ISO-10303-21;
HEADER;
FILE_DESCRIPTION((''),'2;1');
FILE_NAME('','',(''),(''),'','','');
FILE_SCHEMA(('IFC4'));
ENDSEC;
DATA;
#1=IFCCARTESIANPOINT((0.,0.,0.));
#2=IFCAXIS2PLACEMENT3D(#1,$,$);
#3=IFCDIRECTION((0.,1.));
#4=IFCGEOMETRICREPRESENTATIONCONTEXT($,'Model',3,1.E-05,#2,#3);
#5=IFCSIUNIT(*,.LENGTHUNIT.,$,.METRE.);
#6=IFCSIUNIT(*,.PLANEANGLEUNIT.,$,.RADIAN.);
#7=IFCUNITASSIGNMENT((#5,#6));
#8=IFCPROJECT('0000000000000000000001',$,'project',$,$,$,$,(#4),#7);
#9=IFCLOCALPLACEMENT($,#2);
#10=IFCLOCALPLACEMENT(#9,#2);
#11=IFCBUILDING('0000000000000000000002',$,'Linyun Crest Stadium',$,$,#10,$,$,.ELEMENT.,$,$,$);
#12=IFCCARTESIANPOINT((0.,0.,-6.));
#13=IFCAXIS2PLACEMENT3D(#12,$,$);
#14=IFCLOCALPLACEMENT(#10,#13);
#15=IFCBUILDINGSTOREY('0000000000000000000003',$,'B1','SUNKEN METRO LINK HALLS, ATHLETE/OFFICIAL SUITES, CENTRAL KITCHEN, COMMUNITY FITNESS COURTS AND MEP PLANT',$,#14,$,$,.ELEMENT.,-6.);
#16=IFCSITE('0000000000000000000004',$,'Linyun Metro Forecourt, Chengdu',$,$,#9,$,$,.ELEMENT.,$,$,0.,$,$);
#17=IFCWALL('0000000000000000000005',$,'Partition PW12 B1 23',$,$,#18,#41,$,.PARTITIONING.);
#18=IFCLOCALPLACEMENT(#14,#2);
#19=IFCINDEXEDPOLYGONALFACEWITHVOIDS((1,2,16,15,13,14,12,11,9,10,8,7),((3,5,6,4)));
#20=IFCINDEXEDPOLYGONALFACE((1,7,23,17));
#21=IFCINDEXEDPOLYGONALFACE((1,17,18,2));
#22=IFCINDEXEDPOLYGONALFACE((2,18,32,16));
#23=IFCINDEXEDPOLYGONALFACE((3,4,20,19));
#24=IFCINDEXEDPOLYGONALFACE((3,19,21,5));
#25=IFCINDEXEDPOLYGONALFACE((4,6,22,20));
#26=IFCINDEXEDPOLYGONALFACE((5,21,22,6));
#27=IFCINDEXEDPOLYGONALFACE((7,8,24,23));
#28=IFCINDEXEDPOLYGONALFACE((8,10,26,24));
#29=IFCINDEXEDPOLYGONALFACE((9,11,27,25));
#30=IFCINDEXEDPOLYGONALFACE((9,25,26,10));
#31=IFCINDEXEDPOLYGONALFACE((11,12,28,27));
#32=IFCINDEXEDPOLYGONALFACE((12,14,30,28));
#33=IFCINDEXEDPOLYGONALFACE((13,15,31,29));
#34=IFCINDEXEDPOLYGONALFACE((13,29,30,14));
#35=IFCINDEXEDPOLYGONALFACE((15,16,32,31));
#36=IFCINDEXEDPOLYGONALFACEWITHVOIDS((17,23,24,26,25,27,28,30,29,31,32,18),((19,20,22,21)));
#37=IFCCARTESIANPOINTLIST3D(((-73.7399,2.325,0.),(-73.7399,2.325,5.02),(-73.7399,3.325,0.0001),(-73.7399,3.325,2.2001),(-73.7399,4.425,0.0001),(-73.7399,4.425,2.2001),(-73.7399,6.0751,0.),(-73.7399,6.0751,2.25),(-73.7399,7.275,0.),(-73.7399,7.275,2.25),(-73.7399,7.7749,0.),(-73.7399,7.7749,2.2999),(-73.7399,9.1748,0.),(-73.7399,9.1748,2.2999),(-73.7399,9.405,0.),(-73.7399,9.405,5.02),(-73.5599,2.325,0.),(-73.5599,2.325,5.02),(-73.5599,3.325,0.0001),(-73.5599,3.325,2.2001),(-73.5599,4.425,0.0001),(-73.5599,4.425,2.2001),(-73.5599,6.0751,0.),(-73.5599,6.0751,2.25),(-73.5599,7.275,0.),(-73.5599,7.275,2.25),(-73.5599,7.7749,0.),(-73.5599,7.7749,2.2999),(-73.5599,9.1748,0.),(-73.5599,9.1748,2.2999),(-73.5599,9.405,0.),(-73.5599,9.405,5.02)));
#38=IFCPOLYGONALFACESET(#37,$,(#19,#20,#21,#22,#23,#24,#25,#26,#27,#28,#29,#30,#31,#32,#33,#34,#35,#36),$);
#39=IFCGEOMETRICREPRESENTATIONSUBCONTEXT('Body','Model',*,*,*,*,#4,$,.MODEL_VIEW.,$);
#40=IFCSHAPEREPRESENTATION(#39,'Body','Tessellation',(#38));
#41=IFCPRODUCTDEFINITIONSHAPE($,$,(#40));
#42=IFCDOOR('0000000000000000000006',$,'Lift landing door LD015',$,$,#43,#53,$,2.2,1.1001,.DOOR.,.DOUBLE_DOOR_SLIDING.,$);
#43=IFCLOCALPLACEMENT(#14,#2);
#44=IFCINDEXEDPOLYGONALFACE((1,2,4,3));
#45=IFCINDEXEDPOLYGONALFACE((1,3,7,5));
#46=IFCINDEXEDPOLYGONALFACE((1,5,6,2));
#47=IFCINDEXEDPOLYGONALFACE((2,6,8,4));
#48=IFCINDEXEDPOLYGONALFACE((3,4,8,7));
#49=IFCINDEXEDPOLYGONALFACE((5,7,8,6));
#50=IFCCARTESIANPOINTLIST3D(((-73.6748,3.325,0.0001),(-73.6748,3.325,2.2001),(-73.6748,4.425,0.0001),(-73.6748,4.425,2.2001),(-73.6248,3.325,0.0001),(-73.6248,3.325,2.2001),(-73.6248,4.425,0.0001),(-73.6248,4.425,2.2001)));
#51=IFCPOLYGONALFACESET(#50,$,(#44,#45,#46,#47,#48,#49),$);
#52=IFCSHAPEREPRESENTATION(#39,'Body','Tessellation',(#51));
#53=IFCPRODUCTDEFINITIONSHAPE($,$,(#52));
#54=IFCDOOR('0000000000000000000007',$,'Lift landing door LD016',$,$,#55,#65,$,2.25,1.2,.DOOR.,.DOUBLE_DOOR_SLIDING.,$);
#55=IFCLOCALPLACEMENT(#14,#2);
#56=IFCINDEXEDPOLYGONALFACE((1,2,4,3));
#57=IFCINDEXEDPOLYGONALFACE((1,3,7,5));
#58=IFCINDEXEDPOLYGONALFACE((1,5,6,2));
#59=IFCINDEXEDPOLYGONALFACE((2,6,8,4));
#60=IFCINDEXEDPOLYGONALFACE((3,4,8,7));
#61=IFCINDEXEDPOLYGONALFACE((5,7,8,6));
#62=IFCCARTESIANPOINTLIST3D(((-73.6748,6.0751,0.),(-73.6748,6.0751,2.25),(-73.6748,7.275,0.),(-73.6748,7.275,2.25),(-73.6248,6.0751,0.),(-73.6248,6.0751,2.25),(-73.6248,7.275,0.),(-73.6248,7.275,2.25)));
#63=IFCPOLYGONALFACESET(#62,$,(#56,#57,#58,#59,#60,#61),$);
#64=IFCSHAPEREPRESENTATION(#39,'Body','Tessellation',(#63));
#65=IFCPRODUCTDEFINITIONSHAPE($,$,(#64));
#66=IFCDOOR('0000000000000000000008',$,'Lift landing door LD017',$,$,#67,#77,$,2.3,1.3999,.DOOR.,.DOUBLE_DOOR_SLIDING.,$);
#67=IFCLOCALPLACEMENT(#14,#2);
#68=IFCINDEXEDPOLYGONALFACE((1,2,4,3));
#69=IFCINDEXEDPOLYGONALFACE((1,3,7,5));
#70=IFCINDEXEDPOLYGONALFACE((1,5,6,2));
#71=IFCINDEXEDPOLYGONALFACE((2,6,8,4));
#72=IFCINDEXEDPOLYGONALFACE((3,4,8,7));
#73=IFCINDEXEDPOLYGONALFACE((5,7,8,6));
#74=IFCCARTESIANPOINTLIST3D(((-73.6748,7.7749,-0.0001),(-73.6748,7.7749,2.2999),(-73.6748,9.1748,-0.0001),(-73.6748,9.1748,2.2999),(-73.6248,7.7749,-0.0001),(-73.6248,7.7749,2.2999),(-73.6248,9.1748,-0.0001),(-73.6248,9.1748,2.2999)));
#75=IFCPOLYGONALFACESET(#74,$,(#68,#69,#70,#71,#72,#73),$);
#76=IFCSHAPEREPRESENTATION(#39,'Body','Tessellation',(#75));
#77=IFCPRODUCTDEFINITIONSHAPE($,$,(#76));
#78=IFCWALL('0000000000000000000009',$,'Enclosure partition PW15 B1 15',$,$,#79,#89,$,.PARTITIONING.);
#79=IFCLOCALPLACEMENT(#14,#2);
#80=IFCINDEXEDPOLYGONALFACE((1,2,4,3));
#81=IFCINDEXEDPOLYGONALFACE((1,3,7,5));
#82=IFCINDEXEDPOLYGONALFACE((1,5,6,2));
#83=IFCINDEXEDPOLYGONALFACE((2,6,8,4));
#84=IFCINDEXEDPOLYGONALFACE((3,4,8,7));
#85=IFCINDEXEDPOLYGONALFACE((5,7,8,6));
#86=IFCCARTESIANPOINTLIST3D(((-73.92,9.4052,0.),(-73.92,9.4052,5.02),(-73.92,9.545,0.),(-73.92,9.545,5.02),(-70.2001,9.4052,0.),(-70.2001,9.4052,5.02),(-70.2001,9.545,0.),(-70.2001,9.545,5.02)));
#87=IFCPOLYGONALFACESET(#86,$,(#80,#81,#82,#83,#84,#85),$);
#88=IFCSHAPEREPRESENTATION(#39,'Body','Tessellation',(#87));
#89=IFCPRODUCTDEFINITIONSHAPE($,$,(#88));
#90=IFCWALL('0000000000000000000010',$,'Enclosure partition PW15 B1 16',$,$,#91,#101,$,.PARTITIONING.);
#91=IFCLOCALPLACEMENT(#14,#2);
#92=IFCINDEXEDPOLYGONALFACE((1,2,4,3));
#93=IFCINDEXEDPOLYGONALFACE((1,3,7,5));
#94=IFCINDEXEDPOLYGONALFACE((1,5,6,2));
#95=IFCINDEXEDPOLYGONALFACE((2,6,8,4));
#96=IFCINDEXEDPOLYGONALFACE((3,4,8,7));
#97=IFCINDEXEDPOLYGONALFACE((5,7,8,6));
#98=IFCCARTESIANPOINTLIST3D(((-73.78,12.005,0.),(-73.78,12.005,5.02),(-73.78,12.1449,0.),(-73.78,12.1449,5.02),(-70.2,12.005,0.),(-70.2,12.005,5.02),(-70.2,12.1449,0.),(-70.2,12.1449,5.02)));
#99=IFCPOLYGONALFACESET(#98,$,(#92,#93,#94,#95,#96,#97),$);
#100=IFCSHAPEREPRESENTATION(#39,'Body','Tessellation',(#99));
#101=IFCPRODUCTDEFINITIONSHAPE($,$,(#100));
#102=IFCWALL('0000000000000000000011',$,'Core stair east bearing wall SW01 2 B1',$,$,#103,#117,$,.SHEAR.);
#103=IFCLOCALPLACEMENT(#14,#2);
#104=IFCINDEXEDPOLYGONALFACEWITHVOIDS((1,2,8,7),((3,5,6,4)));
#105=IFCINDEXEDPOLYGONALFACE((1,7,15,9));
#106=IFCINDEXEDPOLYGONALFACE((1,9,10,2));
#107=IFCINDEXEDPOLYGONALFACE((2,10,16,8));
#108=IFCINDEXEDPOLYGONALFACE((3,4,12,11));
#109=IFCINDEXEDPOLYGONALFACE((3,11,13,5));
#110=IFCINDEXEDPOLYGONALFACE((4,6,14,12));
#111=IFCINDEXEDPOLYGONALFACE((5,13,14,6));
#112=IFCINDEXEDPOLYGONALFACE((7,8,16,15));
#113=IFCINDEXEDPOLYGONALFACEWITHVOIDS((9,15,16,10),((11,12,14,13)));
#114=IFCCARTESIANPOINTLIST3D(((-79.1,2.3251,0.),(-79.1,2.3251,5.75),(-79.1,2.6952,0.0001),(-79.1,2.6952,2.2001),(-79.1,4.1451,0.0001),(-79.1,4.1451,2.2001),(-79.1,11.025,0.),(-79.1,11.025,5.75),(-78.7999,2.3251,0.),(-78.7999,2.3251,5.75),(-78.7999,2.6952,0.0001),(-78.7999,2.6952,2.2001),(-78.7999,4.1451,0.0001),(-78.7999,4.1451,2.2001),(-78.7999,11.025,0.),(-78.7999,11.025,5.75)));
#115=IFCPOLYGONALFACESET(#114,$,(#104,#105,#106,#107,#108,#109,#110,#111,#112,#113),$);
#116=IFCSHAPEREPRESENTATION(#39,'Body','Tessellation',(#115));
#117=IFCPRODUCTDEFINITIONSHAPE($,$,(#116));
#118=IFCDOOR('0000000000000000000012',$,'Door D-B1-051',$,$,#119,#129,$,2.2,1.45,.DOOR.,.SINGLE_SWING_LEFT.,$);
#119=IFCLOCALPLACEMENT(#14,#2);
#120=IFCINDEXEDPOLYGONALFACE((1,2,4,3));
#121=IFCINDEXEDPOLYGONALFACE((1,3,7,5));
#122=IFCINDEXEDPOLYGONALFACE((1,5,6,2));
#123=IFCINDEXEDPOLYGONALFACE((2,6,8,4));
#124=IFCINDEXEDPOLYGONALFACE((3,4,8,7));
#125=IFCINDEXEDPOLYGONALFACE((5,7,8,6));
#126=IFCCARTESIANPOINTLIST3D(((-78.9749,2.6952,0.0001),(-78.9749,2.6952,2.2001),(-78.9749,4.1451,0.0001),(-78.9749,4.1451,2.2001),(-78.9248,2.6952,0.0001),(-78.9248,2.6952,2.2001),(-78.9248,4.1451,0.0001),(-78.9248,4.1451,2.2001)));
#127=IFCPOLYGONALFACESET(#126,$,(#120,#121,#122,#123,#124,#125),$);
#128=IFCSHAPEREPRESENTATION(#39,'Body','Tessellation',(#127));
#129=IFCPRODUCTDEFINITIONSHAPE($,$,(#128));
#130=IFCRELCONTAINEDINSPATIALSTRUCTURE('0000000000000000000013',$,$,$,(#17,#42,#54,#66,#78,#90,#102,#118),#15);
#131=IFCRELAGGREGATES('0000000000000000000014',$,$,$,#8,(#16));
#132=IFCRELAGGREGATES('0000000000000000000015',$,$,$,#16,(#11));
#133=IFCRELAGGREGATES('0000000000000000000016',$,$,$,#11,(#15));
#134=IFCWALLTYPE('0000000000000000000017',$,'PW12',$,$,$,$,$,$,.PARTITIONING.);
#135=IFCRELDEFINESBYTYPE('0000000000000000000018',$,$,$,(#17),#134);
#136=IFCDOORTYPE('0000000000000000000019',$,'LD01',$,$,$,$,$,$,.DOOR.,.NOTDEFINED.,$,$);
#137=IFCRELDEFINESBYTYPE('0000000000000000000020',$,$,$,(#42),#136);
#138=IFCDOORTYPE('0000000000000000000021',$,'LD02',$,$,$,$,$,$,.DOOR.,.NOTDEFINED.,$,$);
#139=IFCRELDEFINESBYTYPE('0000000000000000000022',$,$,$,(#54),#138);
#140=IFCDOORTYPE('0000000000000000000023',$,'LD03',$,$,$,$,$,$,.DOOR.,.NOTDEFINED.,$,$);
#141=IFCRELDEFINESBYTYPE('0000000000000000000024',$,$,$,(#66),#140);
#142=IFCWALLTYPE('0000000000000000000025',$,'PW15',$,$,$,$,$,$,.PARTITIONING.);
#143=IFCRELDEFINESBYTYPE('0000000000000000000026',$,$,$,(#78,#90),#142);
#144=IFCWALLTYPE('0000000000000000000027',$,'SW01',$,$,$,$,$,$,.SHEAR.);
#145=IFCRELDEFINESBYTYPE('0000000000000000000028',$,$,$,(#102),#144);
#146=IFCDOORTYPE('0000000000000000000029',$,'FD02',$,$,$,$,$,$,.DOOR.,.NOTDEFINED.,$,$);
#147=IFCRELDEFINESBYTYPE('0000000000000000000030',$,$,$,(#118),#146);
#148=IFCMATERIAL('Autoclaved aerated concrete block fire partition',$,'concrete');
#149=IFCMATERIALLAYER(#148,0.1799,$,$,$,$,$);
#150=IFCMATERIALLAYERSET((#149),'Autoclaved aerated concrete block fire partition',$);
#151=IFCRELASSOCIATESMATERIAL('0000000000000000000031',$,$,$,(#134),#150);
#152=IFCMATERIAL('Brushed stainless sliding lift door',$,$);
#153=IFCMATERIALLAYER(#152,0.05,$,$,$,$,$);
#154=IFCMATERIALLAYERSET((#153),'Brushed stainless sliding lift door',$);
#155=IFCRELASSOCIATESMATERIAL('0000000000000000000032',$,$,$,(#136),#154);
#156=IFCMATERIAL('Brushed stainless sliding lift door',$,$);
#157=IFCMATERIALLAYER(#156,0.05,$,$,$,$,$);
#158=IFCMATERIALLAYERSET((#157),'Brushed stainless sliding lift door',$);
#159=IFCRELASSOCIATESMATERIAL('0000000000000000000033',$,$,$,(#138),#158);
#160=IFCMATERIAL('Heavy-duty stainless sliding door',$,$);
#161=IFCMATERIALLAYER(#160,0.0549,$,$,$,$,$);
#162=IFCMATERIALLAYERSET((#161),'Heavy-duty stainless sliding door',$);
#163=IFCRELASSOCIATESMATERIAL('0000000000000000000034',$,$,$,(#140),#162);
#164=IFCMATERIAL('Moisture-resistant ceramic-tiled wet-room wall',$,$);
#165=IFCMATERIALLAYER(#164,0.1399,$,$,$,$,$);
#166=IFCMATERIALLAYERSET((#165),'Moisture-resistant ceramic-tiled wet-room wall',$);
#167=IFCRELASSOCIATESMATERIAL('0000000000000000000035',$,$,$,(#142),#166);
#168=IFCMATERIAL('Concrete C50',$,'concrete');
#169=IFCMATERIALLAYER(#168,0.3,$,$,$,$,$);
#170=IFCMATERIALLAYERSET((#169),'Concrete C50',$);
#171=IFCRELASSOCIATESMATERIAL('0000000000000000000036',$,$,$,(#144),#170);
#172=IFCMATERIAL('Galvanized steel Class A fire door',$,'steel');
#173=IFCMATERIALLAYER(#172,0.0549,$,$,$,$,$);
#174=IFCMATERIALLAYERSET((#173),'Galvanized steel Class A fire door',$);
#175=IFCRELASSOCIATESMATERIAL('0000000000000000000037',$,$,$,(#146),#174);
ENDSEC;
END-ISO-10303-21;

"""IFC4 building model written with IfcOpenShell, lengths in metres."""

from ifc_helpers import new_model, si_unit, direction, frame, frame_2d, origin, place, context, subcontext, project, spatial, rectangle, extrude, material, layer, layer_set, type_object, element, fill, save


model = new_model("IFC4")

# Units and contexts
model_context = context("Model", 3, precision=1e-05, world=origin(), true_north=direction((0.0, 1.0)))
body_context = subcontext(model_context, "Body", "Model", "MODEL_VIEW")
ifc_project = project(units=[si_unit("LENGTHUNIT", "METRE"), si_unit("PLANEANGLEUNIT", "RADIAN")], contexts=[model_context])

# Site, building, storey
site_placement = place(None, origin())
site = spatial("IfcSite", under=ifc_project, at=site_placement, Name="Linyun Metro Forecourt, Chengdu", CompositionType="ELEMENT", RefElevation=0.0)
building_placement = place(site_placement, origin())
building = spatial("IfcBuilding", under=site, at=building_placement, Name="Linyun Crest Stadium", CompositionType="ELEMENT")
storey_placement = place(building_placement, frame((0.0, 0.0, -6.0)))
storey = spatial("IfcBuildingStorey", under=building, at=storey_placement, Name="B1", Description="SUNKEN METRO LINK HALLS, ATHLETE/OFFICIAL SUITES, CENTRAL KITCHEN, COMMUNITY FITNESS COURTS AND MEP PLANT", CompositionType="ELEMENT", Elevation=-6.0)

# Wall, openings, doors
ifc_material_1 = material(Name="Autoclaved aerated concrete block fire partition", Category="concrete")
ifc_layer_1 = layer(ifc_material_1, 0.1799)
ifc_layer_set_1 = layer_set([ifc_layer_1], Name="Autoclaved aerated concrete block fire partition")
wall_type_1 = type_object("IfcWallType", Name="PW12", PredefinedType="PARTITIONING", material=ifc_layer_set_1)
wall_1_placement = place(storey_placement, frame((-73.6499, 2.325, 0.0), z_axis=(0.0, 0.0, 1.0), x_axis=(0.0, 1.0, 0.0)))
wall_1 = element("IfcWall", 1, at=wall_1_placement, inside=storey, type_object=wall_type_1, Name="Partition PW12 B1 23", PredefinedType="PARTITIONING", context=body_context, shape_type="SweptSolid", body=[
    extrude(rectangle(XDim=7.0801, YDim=0.1799, at=frame_2d((3.54, 0.0))), origin(), (0.0, 0.0, 1.0), 5.02),
])
opening_1_placement = place(wall_1_placement, frame((1.0, 0.0, 0.0)))
opening_1 = element("IfcOpeningElement", 2, at=opening_1_placement, cuts=wall_1, PredefinedType="OPENING", context=body_context, shape_type="SweptSolid", body=[
    extrude(rectangle(XDim=1.1001, YDim=2.2, at=frame_2d((0.55, 1.1001))), frame((0.0, 0.0999, 0.0), z_axis=(0.0, -1.0, 0.0), x_axis=(1.0, 0.0, 0.0)), (0.0, 0.0, 1.0), 0.2),
])
opening_2_placement = place(wall_1_placement, frame((3.75, 0.0, 0.0)))
opening_2 = element("IfcOpeningElement", 3, at=opening_2_placement, cuts=wall_1, PredefinedType="OPENING", context=body_context, shape_type="SweptSolid", body=[
    extrude(rectangle(XDim=1.2, YDim=2.25, at=frame_2d((0.6001, 1.125))), frame((0.0, 0.0999, 0.0), z_axis=(0.0, -1.0, 0.0), x_axis=(1.0, 0.0, 0.0)), (0.0, 0.0, 1.0), 0.2),
])
opening_3_placement = place(wall_1_placement, frame((5.45, 0.0, 0.0)))
opening_3 = element("IfcOpeningElement", 4, at=opening_3_placement, cuts=wall_1, PredefinedType="OPENING", context=body_context, shape_type="SweptSolid", body=[
    extrude(rectangle(XDim=1.3999, YDim=2.3, at=frame_2d((0.7, 1.1499))), frame((0.0, 0.0999, 0.0), z_axis=(0.0, -1.0, 0.0), x_axis=(1.0, 0.0, 0.0)), (0.0, 0.0, 1.0), 0.2),
])
ifc_material_2 = material(Name="Brushed stainless sliding lift door")
ifc_layer_2 = layer(ifc_material_2, 0.05)
ifc_layer_set_2 = layer_set([ifc_layer_2], Name="Brushed stainless sliding lift door")
door_type_1 = type_object("IfcDoorType", Name="LD01", OperationType="NOTDEFINED", PredefinedType="DOOR", material=ifc_layer_set_2)
door_1_placement = place(opening_1_placement, origin())
door_1 = element("IfcDoor", 5, at=door_1_placement, inside=storey, type_object=door_type_1, Name="Lift landing door LD015", OperationType="DOUBLE_DOOR_SLIDING", OverallHeight=2.2, OverallWidth=1.1001, PredefinedType="DOOR", context=body_context, shape_type="SweptSolid", body=[
    extrude(rectangle(XDim=1.1001, YDim=2.2, at=frame_2d((0.55, 1.1001))), frame((0.0, 0.0249, 0.0), z_axis=(0.0, -1.0, 0.0), x_axis=(1.0, 0.0, 0.0)), (0.0, 0.0, 1.0), 0.05),
])
fill(opening_1, door_1)
ifc_material_3 = material(Name="Brushed stainless sliding lift door")
ifc_layer_3 = layer(ifc_material_3, 0.05)
ifc_layer_set_3 = layer_set([ifc_layer_3], Name="Brushed stainless sliding lift door")
door_type_2 = type_object("IfcDoorType", Name="LD02", OperationType="NOTDEFINED", PredefinedType="DOOR", material=ifc_layer_set_3)
door_2_placement = place(opening_2_placement, origin())
door_2 = element("IfcDoor", 6, at=door_2_placement, inside=storey, type_object=door_type_2, Name="Lift landing door LD016", OperationType="DOUBLE_DOOR_SLIDING", OverallHeight=2.25, OverallWidth=1.2, PredefinedType="DOOR", context=body_context, shape_type="SweptSolid", body=[
    extrude(rectangle(XDim=1.2, YDim=2.25, at=frame_2d((0.6001, 1.125))), frame((0.0, 0.0249, 0.0), z_axis=(0.0, -1.0, 0.0), x_axis=(1.0, 0.0, 0.0)), (0.0, 0.0, 1.0), 0.05),
])
fill(opening_2, door_2)
ifc_material_4 = material(Name="Heavy-duty stainless sliding door")
ifc_layer_4 = layer(ifc_material_4, 0.0549)
ifc_layer_set_4 = layer_set([ifc_layer_4], Name="Heavy-duty stainless sliding door")
door_type_3 = type_object("IfcDoorType", Name="LD03", OperationType="NOTDEFINED", PredefinedType="DOOR", material=ifc_layer_set_4)
door_3_placement = place(opening_3_placement, origin())
door_3 = element("IfcDoor", 7, at=door_3_placement, inside=storey, type_object=door_type_3, Name="Lift landing door LD017", OperationType="DOUBLE_DOOR_SLIDING", OverallHeight=2.3, OverallWidth=1.3999, PredefinedType="DOOR", context=body_context, shape_type="SweptSolid", body=[
    extrude(rectangle(XDim=1.3999, YDim=2.3, at=frame_2d((0.7, 1.1499))), frame((0.0, 0.0249, 0.0), z_axis=(0.0, -1.0, 0.0), x_axis=(1.0, 0.0, 0.0)), (0.0, 0.0, 1.0), 0.05),
])
fill(opening_3, door_3)
ifc_material_5 = material(Name="Moisture-resistant ceramic-tiled wet-room wall")
ifc_layer_5 = layer(ifc_material_5, 0.1399)
ifc_layer_set_5 = layer_set([ifc_layer_5], Name="Moisture-resistant ceramic-tiled wet-room wall")
wall_type_2 = type_object("IfcWallType", Name="PW15", PredefinedType="PARTITIONING", material=ifc_layer_set_5)

# Walls
wall_2_placement = place(storey_placement, frame((-73.9199, 9.4751, 0.0), z_axis=(0.0, 0.0, 1.0), x_axis=(1.0, 0.0, 0.0)))
element("IfcWall", 8, at=wall_2_placement, inside=storey, type_object=wall_type_2, Name="Enclosure partition PW15 B1 15", PredefinedType="PARTITIONING", context=body_context, shape_type="SweptSolid", body=[
    extrude(rectangle(XDim=3.72, YDim=0.1399, at=frame_2d((1.8599, 0.0))), origin(), (0.0, 0.0, 1.0), 5.02),
])
wall_3_placement = place(storey_placement, frame((-73.78, 12.075, 0.0), z_axis=(0.0, 0.0, 1.0), x_axis=(1.0, 0.0, 0.0)))
element("IfcWall", 9, at=wall_3_placement, inside=storey, type_object=wall_type_2, Name="Enclosure partition PW15 B1 16", PredefinedType="PARTITIONING", context=body_context, shape_type="SweptSolid", body=[
    extrude(rectangle(XDim=3.5801, YDim=0.1399, at=frame_2d((1.79, 0.0))), origin(), (0.0, 0.0, 1.0), 5.02),
])

# Wall, opening, door
ifc_material_6 = material(Name="Concrete C50", Category="concrete")
ifc_layer_6 = layer(ifc_material_6, 0.3)
ifc_layer_set_6 = layer_set([ifc_layer_6], Name="Concrete C50")
wall_type_3 = type_object("IfcWallType", Name="SW01", PredefinedType="SHEAR", material=ifc_layer_set_6)
wall_4_placement = place(storey_placement, frame((-78.95, 2.325, 0.0), z_axis=(0.0, 0.0, 1.0), x_axis=(0.0, 1.0, 0.0)))
wall_4 = element("IfcWall", 10, at=wall_4_placement, inside=storey, type_object=wall_type_3, Name="Core stair east bearing wall SW01 2 B1", PredefinedType="SHEAR", context=body_context, shape_type="SweptSolid", body=[
    extrude(rectangle(XDim=8.7, YDim=0.3, at=frame_2d((4.3501, 0.0))), origin(), (0.0, 0.0, 1.0), 5.75),
])
opening_4_placement = place(wall_4_placement, frame((0.3701, 0.0, 0.0)))
opening_4 = element("IfcOpeningElement", 11, at=opening_4_placement, cuts=wall_4, PredefinedType="OPENING", context=body_context, shape_type="SweptSolid", body=[
    extrude(rectangle(XDim=1.45, YDim=2.2, at=frame_2d((0.7251, 1.1001))), frame((0.0, 0.1599, 0.0), z_axis=(0.0, -1.0, 0.0), x_axis=(1.0, 0.0, 0.0)), (0.0, 0.0, 1.0), 0.3201),
])
ifc_material_7 = material(Name="Galvanized steel Class A fire door", Category="steel")
ifc_layer_7 = layer(ifc_material_7, 0.0549)
ifc_layer_set_7 = layer_set([ifc_layer_7], Name="Galvanized steel Class A fire door")
door_type_4 = type_object("IfcDoorType", Name="FD02", OperationType="NOTDEFINED", PredefinedType="DOOR", material=ifc_layer_set_7)
door_4_placement = place(opening_4_placement, origin())
door_4 = element("IfcDoor", 12, at=door_4_placement, inside=storey, type_object=door_type_4, Name="Door D-B1-051", OperationType="SINGLE_SWING_LEFT", OverallHeight=2.2, OverallWidth=1.45, PredefinedType="DOOR", context=body_context, shape_type="SweptSolid", body=[
    extrude(rectangle(XDim=1.45, YDim=2.2, at=frame_2d((0.7251, 1.1001))), frame((0.0, 0.0249, 0.0), z_axis=(0.0, -1.0, 0.0), x_axis=(1.0, 0.0, 0.0)), (0.0, 0.0, 1.0), 0.05),
])
fill(opening_4, door_4)

save(model, "model.ifc")
